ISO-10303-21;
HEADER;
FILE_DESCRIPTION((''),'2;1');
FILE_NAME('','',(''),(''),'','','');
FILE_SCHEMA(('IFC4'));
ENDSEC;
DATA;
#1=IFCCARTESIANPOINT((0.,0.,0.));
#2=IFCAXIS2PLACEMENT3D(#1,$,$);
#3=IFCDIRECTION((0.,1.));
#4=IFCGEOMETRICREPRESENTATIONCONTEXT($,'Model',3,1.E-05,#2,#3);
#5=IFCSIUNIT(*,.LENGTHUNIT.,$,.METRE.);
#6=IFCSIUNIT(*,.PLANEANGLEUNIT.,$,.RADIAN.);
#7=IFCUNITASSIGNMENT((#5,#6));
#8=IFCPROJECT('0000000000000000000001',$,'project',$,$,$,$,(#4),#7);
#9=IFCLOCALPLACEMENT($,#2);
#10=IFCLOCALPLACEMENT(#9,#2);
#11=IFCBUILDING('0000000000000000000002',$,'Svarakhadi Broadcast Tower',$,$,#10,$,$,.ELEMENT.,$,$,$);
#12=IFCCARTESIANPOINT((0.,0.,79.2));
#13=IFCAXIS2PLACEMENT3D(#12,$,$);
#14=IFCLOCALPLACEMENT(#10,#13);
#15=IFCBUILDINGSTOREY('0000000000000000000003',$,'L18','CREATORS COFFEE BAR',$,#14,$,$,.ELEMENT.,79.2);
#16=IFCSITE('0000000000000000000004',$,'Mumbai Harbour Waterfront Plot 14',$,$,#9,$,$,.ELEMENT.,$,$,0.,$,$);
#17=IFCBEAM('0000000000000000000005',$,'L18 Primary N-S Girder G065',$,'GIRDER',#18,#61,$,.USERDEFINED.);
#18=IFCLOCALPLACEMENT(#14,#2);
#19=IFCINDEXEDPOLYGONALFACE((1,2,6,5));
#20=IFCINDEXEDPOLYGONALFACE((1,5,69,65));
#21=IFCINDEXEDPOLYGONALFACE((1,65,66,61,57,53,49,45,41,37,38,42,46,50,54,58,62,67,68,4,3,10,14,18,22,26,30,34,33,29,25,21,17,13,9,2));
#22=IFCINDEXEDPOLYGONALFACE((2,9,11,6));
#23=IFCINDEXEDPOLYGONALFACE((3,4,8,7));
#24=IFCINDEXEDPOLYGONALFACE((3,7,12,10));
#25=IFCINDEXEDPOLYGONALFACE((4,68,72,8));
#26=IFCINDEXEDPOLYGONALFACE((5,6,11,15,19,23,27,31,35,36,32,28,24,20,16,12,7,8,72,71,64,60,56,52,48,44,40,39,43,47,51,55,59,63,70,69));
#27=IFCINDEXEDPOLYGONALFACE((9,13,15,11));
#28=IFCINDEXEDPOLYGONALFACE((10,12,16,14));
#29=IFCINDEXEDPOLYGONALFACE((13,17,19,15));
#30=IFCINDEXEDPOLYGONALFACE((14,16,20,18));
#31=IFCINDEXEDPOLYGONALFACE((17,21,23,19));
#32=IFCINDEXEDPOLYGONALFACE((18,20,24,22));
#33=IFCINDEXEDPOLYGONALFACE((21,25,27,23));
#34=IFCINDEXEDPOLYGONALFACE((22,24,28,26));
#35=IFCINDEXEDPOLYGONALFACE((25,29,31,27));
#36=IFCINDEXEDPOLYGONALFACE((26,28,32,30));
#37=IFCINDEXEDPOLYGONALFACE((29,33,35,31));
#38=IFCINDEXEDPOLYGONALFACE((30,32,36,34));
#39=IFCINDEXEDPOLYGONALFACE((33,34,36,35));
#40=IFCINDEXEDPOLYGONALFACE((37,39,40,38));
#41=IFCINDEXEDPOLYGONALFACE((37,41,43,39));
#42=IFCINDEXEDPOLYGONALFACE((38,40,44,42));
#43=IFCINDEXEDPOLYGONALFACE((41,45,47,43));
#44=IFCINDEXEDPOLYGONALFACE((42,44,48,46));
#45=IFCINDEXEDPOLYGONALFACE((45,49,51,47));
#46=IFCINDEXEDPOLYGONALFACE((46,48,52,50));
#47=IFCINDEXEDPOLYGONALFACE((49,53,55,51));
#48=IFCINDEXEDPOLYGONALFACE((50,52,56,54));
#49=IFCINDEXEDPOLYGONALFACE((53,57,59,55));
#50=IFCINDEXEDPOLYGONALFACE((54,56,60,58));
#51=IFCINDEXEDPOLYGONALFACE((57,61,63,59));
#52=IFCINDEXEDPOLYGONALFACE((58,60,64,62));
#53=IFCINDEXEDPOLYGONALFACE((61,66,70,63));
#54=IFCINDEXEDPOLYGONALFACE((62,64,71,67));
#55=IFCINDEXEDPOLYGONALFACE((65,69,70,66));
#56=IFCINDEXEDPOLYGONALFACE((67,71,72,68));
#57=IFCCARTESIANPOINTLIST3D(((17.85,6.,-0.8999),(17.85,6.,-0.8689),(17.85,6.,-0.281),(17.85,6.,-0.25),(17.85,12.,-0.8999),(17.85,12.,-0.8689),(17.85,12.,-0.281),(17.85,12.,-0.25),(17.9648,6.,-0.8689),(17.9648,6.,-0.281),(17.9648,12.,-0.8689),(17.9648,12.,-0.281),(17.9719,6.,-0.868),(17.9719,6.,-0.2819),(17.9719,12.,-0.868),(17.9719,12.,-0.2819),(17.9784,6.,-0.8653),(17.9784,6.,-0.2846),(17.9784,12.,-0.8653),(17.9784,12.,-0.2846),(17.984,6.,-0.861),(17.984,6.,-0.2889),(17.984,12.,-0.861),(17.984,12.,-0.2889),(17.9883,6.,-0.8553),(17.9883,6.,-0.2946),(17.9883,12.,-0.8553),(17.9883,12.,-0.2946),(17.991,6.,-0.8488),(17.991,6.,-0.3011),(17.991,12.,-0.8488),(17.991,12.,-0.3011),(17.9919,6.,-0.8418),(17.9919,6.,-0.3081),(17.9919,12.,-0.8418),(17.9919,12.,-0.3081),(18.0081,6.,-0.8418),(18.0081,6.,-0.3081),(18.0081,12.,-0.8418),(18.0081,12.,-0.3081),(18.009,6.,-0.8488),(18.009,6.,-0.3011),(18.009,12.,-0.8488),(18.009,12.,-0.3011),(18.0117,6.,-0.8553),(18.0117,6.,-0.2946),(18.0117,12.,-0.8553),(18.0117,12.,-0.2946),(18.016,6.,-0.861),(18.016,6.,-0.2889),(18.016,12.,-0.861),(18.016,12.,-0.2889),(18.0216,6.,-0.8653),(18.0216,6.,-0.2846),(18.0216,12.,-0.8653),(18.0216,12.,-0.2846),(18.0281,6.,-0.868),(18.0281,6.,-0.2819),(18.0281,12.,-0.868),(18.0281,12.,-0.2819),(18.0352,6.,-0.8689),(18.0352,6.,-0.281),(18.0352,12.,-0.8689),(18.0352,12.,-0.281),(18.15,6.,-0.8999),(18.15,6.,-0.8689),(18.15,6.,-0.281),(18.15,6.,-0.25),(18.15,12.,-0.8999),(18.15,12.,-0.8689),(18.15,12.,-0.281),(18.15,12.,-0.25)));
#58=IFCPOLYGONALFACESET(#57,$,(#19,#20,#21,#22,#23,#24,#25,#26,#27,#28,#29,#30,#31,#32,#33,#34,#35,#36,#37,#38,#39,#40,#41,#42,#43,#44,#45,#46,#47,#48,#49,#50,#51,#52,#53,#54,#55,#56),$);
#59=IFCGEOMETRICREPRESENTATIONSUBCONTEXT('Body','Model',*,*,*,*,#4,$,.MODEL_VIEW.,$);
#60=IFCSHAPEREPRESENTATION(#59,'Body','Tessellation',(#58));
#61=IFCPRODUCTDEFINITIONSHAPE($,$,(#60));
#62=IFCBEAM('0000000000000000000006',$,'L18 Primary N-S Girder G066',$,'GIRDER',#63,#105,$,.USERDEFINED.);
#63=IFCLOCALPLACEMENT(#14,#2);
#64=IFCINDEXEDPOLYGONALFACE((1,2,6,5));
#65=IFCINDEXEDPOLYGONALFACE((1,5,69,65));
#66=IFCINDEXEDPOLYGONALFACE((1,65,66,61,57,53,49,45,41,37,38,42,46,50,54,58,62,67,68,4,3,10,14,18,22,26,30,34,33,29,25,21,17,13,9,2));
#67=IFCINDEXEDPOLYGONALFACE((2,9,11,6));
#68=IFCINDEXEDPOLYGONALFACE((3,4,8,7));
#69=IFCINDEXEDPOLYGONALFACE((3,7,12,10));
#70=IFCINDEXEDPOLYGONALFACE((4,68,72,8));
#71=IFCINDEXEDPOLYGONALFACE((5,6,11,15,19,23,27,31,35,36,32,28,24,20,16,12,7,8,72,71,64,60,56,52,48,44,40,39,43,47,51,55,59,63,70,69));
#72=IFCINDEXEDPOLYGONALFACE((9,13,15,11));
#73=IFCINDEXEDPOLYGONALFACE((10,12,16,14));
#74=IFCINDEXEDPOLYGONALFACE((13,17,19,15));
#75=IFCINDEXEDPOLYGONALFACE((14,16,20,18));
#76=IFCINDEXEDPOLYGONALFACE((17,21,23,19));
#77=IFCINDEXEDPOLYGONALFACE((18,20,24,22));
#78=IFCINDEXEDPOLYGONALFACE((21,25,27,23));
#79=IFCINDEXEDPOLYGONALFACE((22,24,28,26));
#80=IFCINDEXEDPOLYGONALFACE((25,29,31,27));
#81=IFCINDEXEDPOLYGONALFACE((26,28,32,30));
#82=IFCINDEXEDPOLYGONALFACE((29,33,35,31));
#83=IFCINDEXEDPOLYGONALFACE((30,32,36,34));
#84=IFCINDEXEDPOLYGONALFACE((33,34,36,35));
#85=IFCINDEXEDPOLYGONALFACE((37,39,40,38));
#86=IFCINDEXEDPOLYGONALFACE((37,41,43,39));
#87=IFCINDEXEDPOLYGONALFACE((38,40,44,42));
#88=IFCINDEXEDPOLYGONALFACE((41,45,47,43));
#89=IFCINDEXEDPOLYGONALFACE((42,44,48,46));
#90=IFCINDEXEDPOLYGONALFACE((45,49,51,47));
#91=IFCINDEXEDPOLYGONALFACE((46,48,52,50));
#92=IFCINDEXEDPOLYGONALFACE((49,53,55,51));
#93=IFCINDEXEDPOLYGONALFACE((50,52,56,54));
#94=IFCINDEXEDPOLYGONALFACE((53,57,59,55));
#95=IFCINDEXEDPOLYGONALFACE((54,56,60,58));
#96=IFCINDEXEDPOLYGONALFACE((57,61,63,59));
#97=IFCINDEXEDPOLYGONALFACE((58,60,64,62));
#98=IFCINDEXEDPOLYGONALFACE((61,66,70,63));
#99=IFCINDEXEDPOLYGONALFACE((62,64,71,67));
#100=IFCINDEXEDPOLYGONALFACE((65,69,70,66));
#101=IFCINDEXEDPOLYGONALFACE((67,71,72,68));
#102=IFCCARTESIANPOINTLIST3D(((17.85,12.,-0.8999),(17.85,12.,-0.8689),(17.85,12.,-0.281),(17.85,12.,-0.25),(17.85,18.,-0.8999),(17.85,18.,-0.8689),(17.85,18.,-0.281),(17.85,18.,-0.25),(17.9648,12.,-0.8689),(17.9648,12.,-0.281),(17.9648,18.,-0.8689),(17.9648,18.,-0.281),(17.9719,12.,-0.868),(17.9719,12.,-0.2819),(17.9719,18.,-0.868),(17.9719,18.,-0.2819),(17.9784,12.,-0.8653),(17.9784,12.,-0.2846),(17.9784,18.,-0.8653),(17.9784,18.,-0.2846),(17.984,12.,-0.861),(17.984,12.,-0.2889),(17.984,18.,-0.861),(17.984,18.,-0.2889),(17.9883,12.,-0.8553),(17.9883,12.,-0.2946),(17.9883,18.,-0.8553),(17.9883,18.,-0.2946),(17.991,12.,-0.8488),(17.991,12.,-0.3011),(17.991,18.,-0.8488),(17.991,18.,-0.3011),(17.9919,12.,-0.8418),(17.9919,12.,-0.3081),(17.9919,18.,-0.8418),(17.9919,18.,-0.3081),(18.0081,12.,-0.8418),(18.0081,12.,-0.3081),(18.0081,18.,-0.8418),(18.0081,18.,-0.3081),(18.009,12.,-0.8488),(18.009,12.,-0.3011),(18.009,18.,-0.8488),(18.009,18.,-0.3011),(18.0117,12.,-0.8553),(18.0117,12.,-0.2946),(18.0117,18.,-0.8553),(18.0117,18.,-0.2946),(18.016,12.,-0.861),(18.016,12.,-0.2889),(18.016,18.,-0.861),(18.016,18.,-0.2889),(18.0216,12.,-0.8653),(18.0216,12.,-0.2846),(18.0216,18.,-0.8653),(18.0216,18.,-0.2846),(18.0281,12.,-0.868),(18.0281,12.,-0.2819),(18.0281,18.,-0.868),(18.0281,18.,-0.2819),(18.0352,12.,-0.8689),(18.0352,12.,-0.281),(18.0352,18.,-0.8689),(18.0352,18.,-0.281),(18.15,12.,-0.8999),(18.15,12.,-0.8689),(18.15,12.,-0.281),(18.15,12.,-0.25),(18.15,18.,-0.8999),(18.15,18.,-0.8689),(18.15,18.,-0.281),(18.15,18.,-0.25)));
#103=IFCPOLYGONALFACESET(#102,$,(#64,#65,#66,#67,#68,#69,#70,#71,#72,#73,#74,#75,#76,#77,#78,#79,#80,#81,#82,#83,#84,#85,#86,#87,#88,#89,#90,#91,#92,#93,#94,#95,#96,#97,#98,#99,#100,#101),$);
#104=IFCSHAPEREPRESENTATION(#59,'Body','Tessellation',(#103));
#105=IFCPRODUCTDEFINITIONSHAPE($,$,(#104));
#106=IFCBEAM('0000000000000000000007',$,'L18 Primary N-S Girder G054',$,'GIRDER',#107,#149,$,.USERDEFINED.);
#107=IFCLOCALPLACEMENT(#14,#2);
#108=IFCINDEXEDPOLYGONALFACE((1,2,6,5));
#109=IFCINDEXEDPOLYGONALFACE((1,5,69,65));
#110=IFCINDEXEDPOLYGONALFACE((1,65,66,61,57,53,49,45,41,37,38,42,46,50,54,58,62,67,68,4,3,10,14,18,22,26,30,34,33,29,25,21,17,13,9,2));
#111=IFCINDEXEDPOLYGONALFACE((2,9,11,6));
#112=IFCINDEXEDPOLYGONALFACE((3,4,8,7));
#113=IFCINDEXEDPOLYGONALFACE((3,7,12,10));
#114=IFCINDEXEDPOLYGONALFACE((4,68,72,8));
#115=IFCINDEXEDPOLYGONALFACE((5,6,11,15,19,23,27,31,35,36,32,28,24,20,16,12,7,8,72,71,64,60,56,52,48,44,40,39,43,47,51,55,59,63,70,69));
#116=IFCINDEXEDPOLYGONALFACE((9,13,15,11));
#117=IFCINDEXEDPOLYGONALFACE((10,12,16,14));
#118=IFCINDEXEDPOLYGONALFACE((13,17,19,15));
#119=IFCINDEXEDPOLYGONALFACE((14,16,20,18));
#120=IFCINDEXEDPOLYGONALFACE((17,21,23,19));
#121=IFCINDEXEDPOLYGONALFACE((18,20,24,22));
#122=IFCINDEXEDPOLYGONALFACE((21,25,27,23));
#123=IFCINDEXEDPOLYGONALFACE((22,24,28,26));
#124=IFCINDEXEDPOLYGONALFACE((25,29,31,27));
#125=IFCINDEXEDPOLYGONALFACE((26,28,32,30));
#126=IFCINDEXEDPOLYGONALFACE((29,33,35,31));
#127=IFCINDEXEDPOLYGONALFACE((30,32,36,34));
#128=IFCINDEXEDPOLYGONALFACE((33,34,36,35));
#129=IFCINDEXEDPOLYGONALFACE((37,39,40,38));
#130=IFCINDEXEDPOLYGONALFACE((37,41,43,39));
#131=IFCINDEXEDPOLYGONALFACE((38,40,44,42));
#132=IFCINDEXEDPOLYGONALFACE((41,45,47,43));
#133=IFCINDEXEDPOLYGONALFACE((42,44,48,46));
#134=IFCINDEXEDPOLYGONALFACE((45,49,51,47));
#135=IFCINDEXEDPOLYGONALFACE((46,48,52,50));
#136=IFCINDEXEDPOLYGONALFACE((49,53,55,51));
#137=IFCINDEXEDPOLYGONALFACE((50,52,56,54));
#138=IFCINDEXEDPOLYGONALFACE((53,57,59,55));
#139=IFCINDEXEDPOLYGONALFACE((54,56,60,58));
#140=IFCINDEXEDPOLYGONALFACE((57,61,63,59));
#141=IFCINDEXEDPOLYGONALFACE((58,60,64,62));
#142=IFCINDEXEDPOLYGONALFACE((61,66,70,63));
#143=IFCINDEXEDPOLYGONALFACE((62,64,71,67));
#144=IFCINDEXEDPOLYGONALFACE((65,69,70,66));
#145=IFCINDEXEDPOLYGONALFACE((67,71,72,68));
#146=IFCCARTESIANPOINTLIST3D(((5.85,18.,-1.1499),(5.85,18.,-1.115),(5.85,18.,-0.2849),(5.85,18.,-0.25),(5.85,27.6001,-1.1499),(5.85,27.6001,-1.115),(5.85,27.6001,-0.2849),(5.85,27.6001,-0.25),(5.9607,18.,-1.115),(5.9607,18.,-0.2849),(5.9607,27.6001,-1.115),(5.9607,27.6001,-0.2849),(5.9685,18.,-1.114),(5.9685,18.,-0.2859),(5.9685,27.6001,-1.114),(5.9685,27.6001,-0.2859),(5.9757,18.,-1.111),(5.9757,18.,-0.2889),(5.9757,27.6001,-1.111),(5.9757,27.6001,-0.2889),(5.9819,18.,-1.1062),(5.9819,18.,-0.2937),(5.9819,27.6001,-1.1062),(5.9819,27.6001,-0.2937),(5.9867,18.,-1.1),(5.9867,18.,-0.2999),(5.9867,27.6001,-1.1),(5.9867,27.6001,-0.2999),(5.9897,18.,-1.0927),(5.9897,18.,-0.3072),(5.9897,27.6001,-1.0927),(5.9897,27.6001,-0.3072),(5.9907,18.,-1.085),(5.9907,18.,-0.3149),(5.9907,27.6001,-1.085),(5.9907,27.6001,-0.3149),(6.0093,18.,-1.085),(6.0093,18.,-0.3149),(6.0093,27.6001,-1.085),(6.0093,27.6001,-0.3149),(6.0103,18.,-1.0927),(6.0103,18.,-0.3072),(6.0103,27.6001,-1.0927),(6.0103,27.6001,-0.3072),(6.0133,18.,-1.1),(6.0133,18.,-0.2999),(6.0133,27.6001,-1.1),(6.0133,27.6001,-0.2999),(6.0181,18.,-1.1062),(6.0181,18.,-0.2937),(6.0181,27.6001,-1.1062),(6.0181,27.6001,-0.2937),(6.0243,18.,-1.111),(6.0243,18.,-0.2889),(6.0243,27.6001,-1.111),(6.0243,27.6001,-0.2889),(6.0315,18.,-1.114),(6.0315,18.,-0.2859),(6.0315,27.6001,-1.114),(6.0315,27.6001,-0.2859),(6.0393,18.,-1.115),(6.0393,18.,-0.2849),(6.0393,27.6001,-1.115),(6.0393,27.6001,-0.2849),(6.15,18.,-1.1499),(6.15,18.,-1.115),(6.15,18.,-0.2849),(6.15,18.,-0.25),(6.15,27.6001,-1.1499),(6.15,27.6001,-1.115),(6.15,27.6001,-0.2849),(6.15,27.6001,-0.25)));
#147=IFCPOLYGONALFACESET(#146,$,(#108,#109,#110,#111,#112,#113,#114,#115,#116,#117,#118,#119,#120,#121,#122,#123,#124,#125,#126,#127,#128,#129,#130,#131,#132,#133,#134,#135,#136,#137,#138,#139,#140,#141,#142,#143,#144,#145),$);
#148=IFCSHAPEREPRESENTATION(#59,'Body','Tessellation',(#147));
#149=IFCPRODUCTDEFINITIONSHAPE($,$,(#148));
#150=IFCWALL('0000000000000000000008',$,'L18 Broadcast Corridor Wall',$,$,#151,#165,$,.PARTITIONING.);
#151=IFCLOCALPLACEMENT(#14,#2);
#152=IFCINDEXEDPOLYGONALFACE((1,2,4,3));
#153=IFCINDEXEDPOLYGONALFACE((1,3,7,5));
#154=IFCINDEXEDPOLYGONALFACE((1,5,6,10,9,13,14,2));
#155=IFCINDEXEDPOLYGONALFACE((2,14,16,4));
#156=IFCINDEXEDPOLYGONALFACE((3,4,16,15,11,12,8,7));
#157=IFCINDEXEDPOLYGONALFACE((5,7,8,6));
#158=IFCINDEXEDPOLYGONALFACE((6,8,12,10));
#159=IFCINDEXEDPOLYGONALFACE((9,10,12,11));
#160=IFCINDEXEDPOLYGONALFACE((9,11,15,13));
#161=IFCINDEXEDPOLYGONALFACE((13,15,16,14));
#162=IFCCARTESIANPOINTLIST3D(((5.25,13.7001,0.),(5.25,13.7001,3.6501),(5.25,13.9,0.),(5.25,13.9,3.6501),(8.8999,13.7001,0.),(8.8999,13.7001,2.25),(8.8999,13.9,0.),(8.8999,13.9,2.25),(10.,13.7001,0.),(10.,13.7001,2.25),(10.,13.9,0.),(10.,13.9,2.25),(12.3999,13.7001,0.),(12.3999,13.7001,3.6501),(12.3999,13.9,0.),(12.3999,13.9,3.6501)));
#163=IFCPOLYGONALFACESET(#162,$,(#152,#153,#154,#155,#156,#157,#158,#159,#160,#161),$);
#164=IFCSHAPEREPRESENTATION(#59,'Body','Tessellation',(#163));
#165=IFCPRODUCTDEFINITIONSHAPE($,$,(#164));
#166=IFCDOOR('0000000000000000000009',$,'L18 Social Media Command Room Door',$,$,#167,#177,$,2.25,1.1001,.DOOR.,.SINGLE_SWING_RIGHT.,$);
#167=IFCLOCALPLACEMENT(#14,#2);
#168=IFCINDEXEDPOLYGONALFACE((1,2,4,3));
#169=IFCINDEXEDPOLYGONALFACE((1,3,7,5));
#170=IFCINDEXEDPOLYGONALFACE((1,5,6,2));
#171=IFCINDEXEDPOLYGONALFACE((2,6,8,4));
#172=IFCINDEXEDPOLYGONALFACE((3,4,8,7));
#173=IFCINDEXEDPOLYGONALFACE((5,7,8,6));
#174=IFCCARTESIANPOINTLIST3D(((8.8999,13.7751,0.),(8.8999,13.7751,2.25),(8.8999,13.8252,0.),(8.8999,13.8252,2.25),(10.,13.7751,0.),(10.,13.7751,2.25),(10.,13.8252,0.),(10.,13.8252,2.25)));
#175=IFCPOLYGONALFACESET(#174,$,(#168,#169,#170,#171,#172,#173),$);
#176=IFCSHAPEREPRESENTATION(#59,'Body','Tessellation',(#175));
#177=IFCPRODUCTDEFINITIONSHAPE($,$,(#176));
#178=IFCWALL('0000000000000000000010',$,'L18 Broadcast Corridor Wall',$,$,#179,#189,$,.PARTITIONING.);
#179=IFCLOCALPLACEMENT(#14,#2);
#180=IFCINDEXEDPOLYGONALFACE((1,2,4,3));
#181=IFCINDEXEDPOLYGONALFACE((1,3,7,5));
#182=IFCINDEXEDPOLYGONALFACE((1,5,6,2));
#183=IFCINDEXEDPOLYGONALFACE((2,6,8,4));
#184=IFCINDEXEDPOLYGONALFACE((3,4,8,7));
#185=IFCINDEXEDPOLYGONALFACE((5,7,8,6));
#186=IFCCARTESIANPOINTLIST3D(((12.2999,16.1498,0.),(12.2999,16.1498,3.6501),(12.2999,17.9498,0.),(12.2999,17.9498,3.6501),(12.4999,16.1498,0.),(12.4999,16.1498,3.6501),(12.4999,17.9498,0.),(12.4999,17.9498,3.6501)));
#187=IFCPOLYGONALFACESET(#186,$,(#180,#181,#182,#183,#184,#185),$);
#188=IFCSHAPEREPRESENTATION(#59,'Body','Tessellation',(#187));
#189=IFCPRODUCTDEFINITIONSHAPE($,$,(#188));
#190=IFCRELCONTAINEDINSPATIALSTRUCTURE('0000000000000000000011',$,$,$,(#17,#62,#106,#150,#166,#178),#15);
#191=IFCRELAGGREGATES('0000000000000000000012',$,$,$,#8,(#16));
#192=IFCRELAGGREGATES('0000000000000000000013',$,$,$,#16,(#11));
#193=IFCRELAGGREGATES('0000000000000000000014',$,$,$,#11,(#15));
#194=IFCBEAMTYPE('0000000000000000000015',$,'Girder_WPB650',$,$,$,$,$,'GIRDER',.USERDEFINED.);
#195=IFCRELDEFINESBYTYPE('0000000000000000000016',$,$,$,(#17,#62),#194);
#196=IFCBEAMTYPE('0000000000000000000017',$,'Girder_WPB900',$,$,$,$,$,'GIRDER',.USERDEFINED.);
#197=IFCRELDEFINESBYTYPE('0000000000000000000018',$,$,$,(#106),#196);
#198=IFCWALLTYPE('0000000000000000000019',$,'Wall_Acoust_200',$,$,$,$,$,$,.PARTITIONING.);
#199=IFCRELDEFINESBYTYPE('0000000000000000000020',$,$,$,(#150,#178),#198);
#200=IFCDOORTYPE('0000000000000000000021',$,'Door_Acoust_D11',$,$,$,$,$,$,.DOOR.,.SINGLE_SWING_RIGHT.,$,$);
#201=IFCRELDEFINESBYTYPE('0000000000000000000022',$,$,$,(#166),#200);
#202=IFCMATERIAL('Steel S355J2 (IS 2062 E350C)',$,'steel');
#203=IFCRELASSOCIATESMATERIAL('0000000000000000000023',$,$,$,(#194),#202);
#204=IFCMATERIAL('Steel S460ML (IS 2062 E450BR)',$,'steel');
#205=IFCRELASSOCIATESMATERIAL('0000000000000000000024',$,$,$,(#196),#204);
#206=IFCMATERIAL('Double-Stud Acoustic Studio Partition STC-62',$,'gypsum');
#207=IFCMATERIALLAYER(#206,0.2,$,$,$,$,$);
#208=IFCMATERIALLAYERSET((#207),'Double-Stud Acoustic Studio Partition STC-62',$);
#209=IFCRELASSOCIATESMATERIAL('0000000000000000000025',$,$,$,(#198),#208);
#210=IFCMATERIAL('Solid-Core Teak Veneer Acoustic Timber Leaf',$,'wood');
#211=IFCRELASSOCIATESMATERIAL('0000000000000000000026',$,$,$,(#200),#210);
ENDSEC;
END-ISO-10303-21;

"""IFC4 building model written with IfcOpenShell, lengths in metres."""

from ifc_helpers import new_model, si_unit, direction, frame, frame_2d, origin, origin_2d, place, context, subcontext, project, spatial, rectangle, i_section, extrude, material, layer, layer_set, material_profile, profile_set, type_object, element, fill, save


model = new_model("IFC4")

# Units and contexts
model_context = context("Model", 3, precision=1e-05, world=origin(), true_north=direction((0.0, 1.0)))
body_context = subcontext(model_context, "Body", "Model", "MODEL_VIEW")
ifc_project = project(units=[si_unit("LENGTHUNIT", "METRE"), si_unit("PLANEANGLEUNIT", "RADIAN")], contexts=[model_context])

# Site, building, storey
site_placement = place(None, origin())
site = spatial("IfcSite", under=ifc_project, at=site_placement, Name="Mumbai Harbour Waterfront Plot 14", CompositionType="ELEMENT", RefElevation=0.0)
building_placement = place(site_placement, origin())
building = spatial("IfcBuilding", under=site, at=building_placement, Name="Svarakhadi Broadcast Tower", CompositionType="ELEMENT")
storey_placement = place(building_placement, frame((0.0, 0.0, 79.2)))
storey = spatial("IfcBuildingStorey", under=building, at=storey_placement, Name="L18", Description="CREATORS COFFEE BAR", CompositionType="ELEMENT", Elevation=79.2)

# Shared definitions
ifc_material_1 = material(Name="Steel S460ML (IS 2062 E450BR)", Category="steel")

# Beams
ifc_material_2 = material(Name="Steel S355J2 (IS 2062 E350C)", Category="steel")
ifc_material_profile_1 = material_profile(ifc_material_2, i_section(OverallWidth=0.3, OverallDepth=0.6499, WebThickness=0.0161, FlangeThickness=0.031, FilletRadius=0.0271, at=origin_2d()), Name="WPB 650x300x225")
ifc_profile_set_1 = profile_set([ifc_material_profile_1], Name="Steel S355J2 (IS 2062 E350C)")
beam_type_1 = type_object("IfcBeamType", Name="Girder_WPB650", ElementType="GIRDER", PredefinedType="USERDEFINED", material=ifc_profile_set_1)
for number, where, z_axis, x_axis, name in (
    (1, (18.0, 6.0, -0.575), (0.0, 1.0, 0.0), (-1.0, 0.0, 0.0), "L18 Primary N-S Girder G065"),
    (2, (18.0, 12.0, -0.575), (0.0, 1.0, 0.0), (-1.0, 0.0, 0.0), "L18 Primary N-S Girder G066"),
):
    element("IfcBeam", number, at=place(storey_placement, frame(where, z_axis=z_axis, x_axis=x_axis)), inside=storey, type_object=beam_type_1, Name=name, ObjectType="GIRDER", PredefinedType="USERDEFINED", context=body_context, shape_type="SweptSolid", body=[
        extrude(i_section(OverallWidth=0.3, OverallDepth=0.6499, WebThickness=0.0161, FlangeThickness=0.031, FilletRadius=0.0271, at=origin_2d()), origin(), (0.0, 0.0, 1.0), 6.0),
    ])
ifc_material_profile_2 = material_profile(ifc_material_1, i_section(OverallWidth=0.3, OverallDepth=0.8999, WebThickness=0.0186, FlangeThickness=0.0349, FilletRadius=0.03, at=origin_2d()), Name="WPB 900x300x291")
ifc_profile_set_2 = profile_set([ifc_material_profile_2], Name="Steel S460ML (IS 2062 E450BR)")
beam_type_2 = type_object("IfcBeamType", Name="Girder_WPB900", ElementType="GIRDER", PredefinedType="USERDEFINED", material=ifc_profile_set_2)
beam_placement = place(storey_placement, frame((6.0, 18.0, -0.7), z_axis=(0.0, 1.0, 0.0), x_axis=(-1.0, 0.0, 0.0)))
element("IfcBeam", 3, at=beam_placement, inside=storey, type_object=beam_type_2, Name="L18 Primary N-S Girder G054", ObjectType="GIRDER", PredefinedType="USERDEFINED", context=body_context, shape_type="SweptSolid", body=[
    extrude(i_section(OverallWidth=0.3, OverallDepth=0.8999, WebThickness=0.0186, FlangeThickness=0.0349, FilletRadius=0.03, at=origin_2d()), origin(), (0.0, 0.0, 1.0), 9.6001),
])

# Wall, opening, door
ifc_material_3 = material(Name="Double-Stud Acoustic Studio Partition STC-62", Category="gypsum")
ifc_layer = layer(ifc_material_3, 0.2)
ifc_layer_set = layer_set([ifc_layer], Name="Double-Stud Acoustic Studio Partition STC-62")
wall_type = type_object("IfcWallType", Name="Wall_Acoust_200", PredefinedType="PARTITIONING", material=ifc_layer_set)
wall_1_placement = place(storey_placement, frame((12.3999, 13.8, 0.0), z_axis=(0.0, 0.0, 1.0), x_axis=(-1.0, 0.0, 0.0)))
wall_1 = element("IfcWall", 4, at=wall_1_placement, inside=storey, type_object=wall_type, Name="L18 Broadcast Corridor Wall", PredefinedType="PARTITIONING", context=body_context, shape_type="SweptSolid", body=[
    extrude(rectangle(XDim=7.1499, YDim=0.2, at=frame_2d((3.575, 0.0))), origin(), (0.0, 0.0, 1.0), 3.6501),
])
opening_placement = place(wall_1_placement, frame((2.3999, 0.0, 0.0)))
opening = element("IfcOpeningElement", 5, at=opening_placement, cuts=wall_1, PredefinedType="OPENING", context=body_context, shape_type="SweptSolid", body=[
    extrude(rectangle(XDim=1.1001, YDim=2.25, at=frame_2d((0.55, 1.125))), frame((0.0, 0.1099, 0.0), z_axis=(0.0, -1.0, 0.0), x_axis=(1.0, 0.0, 0.0)), (0.0, 0.0, 1.0), 0.22),
])
ifc_material_4 = material(Name="Solid-Core Teak Veneer Acoustic Timber Leaf", Category="wood")
door_type = type_object("IfcDoorType", Name="Door_Acoust_D11", OperationType="SINGLE_SWING_RIGHT", PredefinedType="DOOR", material=ifc_material_4)
door_placement = place(opening_placement, origin())
door = element("IfcDoor", 6, at=door_placement, inside=storey, type_object=door_type, Name="L18 Social Media Command Room Door", OperationType="SINGLE_SWING_RIGHT", OverallHeight=2.25, OverallWidth=1.1001, PredefinedType="DOOR", context=body_context, shape_type="SweptSolid", body=[
    extrude(rectangle(XDim=1.1001, YDim=2.25, at=frame_2d((0.55, 1.125))), frame((0.0, 0.0249, 0.0), z_axis=(0.0, -1.0, 0.0), x_axis=(1.0, 0.0, 0.0)), (0.0, 0.0, 1.0), 0.05),
])
fill(opening, door)

# Wall
wall_2_placement = place(storey_placement, frame((12.3999, 16.1499, 0.0), z_axis=(0.0, 0.0, 1.0), x_axis=(0.0, 1.0, 0.0)))
element("IfcWall", 7, at=wall_2_placement, inside=storey, type_object=wall_type, Name="L18 Broadcast Corridor Wall", PredefinedType="PARTITIONING", context=body_context, shape_type="SweptSolid", body=[
    extrude(rectangle(XDim=1.8, YDim=0.2, at=frame_2d((0.8999, 0.0))), origin(), (0.0, 0.0, 1.0), 3.6501),
])

save(model, "model.ifc")
